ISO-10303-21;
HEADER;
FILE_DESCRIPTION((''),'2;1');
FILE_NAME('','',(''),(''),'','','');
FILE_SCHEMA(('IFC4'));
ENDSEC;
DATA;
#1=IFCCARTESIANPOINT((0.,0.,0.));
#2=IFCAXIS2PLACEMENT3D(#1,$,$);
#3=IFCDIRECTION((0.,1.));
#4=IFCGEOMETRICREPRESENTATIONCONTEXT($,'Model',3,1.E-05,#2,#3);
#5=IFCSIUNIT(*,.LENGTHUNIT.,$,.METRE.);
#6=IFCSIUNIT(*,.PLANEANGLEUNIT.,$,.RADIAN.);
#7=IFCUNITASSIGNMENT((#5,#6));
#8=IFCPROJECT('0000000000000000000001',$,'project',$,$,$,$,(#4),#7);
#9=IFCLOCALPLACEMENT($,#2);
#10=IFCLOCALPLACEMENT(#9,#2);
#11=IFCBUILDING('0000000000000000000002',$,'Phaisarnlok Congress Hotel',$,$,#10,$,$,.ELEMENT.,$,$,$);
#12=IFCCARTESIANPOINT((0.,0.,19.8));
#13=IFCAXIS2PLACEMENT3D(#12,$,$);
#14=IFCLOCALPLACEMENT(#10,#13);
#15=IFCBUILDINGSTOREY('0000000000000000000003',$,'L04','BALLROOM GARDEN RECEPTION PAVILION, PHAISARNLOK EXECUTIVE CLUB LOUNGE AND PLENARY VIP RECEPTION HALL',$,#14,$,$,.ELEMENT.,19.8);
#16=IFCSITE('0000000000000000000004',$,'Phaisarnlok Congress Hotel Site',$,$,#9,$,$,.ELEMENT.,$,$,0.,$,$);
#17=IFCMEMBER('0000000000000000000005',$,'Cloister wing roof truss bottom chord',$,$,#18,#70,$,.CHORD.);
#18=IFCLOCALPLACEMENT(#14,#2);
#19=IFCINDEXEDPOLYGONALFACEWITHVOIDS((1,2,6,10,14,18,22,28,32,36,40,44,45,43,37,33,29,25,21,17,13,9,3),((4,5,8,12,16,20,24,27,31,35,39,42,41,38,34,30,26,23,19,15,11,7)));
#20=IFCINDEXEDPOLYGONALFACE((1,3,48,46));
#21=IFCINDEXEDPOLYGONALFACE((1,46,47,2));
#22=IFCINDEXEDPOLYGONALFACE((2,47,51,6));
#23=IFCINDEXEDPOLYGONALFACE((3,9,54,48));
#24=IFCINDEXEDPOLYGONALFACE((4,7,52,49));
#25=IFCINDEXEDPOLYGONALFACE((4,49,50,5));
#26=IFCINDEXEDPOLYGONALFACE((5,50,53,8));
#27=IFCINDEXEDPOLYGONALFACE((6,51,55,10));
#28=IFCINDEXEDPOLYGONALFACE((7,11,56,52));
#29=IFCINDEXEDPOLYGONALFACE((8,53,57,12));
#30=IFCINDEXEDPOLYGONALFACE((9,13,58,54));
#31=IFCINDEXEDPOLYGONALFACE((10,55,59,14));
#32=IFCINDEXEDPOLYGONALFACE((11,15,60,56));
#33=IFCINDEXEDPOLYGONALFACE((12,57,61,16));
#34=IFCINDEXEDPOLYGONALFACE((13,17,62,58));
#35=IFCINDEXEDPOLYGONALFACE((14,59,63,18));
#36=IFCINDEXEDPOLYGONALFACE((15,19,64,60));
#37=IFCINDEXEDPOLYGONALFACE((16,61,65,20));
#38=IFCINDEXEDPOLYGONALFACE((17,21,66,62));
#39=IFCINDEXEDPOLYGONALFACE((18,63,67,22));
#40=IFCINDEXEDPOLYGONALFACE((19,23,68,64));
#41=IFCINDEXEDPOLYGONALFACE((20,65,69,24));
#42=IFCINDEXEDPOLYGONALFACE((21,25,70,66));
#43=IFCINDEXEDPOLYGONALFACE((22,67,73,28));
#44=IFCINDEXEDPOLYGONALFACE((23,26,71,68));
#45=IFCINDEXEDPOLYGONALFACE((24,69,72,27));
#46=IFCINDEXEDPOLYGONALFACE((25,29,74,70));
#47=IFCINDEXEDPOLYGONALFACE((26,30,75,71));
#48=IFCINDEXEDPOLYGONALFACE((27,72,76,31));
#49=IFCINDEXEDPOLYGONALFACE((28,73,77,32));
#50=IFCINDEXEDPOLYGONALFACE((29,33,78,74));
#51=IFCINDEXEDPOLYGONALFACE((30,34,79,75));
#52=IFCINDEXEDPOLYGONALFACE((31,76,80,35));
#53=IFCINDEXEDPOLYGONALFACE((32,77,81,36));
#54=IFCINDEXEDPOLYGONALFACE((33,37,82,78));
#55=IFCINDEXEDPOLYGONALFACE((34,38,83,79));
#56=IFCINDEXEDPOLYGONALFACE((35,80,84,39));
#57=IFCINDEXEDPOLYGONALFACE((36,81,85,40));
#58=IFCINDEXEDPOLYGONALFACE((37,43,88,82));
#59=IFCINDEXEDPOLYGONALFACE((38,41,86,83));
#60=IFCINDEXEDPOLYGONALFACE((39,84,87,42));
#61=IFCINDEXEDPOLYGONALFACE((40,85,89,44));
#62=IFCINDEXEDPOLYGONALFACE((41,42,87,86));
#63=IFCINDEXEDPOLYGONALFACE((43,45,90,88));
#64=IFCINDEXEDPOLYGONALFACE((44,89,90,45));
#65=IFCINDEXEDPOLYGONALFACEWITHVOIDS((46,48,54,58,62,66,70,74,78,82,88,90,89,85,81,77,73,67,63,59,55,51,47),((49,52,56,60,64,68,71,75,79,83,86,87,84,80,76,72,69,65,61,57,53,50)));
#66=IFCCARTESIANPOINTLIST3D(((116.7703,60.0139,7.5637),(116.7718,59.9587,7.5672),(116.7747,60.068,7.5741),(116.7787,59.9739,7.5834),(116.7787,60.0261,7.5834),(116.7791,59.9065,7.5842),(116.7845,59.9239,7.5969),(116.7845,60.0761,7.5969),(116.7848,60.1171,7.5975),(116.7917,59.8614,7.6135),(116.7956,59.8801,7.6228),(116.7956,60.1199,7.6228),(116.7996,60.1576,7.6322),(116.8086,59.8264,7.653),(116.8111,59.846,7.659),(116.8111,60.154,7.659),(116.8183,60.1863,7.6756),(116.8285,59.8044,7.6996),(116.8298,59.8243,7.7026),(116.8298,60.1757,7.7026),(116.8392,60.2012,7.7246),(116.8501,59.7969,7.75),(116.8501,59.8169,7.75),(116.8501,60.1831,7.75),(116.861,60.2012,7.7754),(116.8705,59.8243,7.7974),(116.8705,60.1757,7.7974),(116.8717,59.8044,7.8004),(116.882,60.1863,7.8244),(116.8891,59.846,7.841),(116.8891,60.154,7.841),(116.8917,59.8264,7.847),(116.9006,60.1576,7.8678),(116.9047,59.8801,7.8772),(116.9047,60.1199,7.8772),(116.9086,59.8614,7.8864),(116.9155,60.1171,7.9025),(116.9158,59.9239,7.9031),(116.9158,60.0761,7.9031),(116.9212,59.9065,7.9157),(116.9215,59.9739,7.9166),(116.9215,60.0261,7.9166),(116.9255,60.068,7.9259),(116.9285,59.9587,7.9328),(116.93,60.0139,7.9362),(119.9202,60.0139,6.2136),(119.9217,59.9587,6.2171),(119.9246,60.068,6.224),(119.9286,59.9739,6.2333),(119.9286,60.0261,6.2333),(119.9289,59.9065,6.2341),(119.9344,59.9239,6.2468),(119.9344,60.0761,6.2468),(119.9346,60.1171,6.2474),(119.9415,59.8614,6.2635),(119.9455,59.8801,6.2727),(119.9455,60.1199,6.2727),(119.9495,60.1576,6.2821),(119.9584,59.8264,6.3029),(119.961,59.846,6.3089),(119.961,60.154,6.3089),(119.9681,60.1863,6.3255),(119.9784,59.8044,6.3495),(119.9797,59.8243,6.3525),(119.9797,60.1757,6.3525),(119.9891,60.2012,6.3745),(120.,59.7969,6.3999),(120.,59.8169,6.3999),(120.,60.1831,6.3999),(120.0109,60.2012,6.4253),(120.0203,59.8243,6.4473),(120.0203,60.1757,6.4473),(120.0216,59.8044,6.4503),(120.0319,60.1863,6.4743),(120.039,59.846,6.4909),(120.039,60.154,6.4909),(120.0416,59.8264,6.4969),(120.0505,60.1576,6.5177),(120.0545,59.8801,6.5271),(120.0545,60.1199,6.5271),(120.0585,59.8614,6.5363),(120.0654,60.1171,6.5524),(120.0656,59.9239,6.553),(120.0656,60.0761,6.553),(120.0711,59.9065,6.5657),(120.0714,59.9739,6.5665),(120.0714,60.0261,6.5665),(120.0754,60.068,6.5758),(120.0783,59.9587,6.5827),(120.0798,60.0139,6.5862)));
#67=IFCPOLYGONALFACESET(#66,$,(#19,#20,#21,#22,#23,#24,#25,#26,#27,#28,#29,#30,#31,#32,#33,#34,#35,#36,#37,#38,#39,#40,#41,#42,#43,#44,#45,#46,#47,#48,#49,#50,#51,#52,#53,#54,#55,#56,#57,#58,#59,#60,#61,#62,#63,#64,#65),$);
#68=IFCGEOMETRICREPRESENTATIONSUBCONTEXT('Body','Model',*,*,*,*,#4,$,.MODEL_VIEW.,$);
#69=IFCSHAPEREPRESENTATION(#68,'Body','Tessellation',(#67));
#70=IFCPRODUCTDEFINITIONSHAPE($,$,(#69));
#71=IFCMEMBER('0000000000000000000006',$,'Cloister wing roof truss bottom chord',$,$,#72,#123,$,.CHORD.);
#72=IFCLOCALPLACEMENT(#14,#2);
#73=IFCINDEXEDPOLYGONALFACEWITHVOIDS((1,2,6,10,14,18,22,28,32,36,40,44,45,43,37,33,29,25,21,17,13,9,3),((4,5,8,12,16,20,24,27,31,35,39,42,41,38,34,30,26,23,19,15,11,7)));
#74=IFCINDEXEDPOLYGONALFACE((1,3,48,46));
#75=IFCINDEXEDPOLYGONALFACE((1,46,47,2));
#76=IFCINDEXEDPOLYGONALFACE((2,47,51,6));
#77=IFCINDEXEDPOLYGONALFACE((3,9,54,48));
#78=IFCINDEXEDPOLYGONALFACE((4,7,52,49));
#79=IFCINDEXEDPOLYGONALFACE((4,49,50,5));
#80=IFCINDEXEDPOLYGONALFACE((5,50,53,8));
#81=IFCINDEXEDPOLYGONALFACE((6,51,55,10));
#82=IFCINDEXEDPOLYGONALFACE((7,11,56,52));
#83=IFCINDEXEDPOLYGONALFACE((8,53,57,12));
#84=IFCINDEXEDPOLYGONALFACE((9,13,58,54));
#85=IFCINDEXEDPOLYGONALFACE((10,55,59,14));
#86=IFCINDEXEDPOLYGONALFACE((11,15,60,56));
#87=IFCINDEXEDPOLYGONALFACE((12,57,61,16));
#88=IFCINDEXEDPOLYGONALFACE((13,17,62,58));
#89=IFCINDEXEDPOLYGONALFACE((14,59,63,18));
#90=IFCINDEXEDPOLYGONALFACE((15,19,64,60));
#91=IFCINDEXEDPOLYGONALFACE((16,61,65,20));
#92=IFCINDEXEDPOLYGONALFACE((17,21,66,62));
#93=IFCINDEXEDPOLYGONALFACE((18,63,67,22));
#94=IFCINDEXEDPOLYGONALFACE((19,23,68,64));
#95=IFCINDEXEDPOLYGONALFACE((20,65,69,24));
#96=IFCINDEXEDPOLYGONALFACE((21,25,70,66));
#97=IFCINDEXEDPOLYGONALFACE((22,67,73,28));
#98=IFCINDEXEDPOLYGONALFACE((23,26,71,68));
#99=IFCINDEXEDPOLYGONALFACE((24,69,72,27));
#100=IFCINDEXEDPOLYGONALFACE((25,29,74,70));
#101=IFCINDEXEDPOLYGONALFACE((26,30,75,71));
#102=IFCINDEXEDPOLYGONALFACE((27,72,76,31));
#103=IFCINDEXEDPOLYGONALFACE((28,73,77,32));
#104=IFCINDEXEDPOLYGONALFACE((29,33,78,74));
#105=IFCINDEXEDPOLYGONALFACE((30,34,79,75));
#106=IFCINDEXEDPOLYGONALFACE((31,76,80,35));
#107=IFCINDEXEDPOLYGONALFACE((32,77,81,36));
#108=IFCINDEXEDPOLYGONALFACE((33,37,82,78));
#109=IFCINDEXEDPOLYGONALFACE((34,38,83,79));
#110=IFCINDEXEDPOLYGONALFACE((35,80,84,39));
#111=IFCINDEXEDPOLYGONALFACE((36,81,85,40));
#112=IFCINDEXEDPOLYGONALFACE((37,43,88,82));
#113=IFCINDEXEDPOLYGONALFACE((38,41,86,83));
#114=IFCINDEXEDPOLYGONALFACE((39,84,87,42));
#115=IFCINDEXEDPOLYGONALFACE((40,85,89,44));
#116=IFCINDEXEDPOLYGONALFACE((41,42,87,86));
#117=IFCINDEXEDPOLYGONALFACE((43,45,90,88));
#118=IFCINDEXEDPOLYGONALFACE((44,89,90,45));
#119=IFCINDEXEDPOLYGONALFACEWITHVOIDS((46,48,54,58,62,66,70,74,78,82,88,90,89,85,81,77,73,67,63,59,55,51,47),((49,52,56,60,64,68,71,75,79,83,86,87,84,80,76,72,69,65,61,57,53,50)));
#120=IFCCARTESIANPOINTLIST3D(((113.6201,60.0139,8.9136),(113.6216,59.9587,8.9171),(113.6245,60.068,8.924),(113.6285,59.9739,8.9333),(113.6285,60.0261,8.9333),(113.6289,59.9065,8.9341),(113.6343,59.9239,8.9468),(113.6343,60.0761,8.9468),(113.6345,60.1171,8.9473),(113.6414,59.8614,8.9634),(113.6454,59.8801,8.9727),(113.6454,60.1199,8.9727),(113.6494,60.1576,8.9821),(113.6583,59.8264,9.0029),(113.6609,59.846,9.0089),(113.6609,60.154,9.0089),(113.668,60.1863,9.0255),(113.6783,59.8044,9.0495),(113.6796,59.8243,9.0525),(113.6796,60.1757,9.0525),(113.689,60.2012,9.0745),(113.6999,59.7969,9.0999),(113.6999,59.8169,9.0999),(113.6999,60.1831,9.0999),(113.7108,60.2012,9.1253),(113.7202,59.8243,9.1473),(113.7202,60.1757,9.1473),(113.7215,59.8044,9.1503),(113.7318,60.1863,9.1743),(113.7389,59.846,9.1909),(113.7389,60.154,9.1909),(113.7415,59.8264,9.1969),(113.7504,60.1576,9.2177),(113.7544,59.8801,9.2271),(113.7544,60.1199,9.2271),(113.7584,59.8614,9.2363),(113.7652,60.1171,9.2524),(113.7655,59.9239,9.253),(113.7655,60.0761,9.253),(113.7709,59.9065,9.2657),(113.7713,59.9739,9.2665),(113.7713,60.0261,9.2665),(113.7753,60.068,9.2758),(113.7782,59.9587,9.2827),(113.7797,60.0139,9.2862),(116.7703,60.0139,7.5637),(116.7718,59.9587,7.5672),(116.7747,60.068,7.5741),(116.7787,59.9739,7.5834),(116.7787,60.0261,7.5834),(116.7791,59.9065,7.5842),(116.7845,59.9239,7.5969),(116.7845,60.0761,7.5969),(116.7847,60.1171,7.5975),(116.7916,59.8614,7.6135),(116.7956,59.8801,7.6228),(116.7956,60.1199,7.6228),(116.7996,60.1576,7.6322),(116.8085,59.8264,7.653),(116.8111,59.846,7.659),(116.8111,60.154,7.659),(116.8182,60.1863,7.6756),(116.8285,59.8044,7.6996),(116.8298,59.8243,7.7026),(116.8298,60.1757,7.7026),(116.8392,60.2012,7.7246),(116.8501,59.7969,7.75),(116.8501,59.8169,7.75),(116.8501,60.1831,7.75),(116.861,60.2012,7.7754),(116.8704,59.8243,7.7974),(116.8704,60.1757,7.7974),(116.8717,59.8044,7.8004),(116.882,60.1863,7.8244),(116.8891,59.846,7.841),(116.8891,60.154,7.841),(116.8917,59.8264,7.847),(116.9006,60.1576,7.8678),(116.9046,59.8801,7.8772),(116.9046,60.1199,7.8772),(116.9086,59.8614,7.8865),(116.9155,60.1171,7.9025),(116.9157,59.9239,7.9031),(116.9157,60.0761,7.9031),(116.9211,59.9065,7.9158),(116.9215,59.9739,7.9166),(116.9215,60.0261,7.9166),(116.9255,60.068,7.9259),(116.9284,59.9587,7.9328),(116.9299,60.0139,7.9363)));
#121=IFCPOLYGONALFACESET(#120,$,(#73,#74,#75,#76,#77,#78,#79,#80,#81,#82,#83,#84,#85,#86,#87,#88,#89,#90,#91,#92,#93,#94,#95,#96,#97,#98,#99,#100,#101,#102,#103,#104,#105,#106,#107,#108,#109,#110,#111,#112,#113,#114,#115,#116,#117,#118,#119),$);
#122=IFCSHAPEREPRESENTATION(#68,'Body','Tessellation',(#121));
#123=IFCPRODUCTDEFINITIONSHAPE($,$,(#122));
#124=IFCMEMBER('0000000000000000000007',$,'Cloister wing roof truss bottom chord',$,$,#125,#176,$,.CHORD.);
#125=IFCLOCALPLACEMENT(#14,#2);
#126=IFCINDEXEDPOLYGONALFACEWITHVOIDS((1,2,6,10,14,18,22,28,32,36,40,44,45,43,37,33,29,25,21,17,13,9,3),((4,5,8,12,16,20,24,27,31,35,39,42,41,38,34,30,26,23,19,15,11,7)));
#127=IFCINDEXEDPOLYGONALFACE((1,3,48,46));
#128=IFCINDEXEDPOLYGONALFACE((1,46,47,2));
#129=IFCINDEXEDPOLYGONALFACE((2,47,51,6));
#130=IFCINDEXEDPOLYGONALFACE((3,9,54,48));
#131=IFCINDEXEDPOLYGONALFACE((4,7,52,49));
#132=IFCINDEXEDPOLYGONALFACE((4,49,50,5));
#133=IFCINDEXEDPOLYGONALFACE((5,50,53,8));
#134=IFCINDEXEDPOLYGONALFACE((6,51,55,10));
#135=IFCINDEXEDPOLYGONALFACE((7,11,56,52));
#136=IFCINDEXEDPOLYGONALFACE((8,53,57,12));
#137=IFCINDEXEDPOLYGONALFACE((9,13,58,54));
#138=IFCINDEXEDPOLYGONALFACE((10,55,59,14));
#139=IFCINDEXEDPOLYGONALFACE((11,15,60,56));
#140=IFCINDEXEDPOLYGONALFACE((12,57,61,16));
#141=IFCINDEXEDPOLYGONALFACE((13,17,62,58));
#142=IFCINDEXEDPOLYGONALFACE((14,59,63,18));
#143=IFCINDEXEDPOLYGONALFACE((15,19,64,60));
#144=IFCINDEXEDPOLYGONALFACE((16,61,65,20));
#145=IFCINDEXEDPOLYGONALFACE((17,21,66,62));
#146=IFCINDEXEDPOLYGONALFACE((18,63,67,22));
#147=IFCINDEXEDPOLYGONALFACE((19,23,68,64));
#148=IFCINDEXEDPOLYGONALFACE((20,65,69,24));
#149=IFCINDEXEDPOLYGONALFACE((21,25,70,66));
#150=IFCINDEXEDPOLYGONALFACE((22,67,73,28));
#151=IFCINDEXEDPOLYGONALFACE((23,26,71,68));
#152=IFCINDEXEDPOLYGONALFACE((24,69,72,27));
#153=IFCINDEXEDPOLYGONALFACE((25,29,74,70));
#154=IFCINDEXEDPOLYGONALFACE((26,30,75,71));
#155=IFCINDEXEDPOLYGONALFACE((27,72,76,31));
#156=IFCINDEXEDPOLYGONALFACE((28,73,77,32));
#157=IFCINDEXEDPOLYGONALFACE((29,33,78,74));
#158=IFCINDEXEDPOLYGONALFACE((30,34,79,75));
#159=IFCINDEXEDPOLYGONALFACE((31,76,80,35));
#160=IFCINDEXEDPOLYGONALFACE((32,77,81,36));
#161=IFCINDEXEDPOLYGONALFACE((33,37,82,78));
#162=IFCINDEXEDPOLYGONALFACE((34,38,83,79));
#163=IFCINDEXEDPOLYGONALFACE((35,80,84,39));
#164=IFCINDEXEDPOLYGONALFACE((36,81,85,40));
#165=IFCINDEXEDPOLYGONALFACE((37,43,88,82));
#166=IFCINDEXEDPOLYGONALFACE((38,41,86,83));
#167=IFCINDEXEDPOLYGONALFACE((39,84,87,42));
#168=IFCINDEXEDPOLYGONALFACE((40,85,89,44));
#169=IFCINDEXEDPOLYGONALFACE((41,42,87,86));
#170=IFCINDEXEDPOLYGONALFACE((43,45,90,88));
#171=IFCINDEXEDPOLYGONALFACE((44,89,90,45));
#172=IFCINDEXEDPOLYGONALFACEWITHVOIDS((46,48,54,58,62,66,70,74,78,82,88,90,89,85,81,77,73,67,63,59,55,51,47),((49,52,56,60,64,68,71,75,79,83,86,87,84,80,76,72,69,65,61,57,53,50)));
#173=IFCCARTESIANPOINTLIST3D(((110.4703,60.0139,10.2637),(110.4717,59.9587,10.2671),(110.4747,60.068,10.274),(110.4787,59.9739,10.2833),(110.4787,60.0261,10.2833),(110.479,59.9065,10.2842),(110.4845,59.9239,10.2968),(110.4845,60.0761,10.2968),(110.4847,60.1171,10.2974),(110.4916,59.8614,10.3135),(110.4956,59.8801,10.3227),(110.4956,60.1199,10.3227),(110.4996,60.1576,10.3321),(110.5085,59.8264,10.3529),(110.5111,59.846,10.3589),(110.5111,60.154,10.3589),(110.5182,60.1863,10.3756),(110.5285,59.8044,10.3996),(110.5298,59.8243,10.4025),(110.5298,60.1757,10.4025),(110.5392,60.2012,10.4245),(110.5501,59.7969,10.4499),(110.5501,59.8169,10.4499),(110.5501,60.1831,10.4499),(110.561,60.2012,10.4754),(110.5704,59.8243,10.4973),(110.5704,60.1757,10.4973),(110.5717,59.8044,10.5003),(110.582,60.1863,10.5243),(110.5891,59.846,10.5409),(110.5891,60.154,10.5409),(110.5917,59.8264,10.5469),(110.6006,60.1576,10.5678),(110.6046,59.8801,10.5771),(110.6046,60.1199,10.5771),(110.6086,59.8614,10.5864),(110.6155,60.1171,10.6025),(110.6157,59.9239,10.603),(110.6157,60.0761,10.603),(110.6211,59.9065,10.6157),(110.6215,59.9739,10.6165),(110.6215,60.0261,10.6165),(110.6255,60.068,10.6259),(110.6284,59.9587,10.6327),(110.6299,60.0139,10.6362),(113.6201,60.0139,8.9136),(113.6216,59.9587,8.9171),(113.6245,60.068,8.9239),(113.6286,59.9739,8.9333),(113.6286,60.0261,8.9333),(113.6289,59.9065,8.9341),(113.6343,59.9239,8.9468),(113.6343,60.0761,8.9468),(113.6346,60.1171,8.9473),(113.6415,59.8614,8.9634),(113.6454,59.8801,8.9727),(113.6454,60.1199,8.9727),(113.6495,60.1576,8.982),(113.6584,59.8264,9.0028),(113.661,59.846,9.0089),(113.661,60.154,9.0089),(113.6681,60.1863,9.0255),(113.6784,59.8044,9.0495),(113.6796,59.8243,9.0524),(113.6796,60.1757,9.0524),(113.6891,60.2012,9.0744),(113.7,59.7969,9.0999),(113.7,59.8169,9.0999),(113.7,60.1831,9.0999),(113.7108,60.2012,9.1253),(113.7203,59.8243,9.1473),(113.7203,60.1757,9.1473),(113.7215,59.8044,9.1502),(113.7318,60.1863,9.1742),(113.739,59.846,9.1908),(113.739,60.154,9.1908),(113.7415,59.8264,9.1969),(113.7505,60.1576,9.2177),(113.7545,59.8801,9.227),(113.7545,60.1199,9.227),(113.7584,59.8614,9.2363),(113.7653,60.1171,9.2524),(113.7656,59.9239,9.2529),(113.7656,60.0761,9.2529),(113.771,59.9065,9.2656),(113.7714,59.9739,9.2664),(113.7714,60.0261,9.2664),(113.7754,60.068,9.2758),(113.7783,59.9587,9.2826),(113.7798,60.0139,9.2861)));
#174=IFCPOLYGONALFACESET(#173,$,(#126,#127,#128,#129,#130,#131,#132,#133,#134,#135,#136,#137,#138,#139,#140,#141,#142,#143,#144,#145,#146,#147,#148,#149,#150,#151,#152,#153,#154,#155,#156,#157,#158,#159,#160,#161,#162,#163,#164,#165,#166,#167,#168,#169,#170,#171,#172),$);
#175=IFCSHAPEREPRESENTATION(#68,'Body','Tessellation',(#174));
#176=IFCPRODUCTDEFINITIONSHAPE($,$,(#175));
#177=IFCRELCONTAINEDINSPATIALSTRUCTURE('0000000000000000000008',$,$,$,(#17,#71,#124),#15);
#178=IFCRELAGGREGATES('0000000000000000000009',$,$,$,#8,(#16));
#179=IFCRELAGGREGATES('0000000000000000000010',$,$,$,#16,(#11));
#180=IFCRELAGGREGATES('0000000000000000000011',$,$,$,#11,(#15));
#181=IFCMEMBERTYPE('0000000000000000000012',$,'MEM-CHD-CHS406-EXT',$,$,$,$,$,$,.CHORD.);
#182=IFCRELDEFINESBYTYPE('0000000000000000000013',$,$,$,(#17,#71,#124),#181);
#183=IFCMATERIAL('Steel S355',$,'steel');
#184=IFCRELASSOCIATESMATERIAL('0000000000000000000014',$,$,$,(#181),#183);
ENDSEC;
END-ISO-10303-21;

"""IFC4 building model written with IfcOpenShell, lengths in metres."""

from ifc_helpers import new_model, si_unit, direction, frame, origin, origin_2d, place, context, subcontext, project, spatial, hollow_circle, extrude, material, material_profile, profile_set, type_object, element, save


model = new_model("IFC4")

# Units and contexts
model_context = context("Model", 3, precision=1e-05, world=origin(), true_north=direction((0.0, 1.0)))
body_context = subcontext(model_context, "Body", "Model", "MODEL_VIEW")
ifc_project = project(units=[si_unit("LENGTHUNIT", "METRE"), si_unit("PLANEANGLEUNIT", "RADIAN")], contexts=[model_context])

# Site, building, storey
site_placement = place(None, origin())
site = spatial("IfcSite", under=ifc_project, at=site_placement, Name="Phaisarnlok Congress Hotel Site", CompositionType="ELEMENT", RefElevation=0.0)
building_placement = place(site_placement, origin())
building = spatial("IfcBuilding", under=site, at=building_placement, Name="Phaisarnlok Congress Hotel", CompositionType="ELEMENT")
storey_placement = place(building_placement, frame((0.0, 0.0, 19.8)))
storey = spatial("IfcBuildingStorey", under=building, at=storey_placement, Name="L04", Description="BALLROOM GARDEN RECEPTION PAVILION, PHAISARNLOK EXECUTIVE CLUB LOUNGE AND PLENARY VIP RECEPTION HALL", CompositionType="ELEMENT", Elevation=19.8)

# Shared definitions
ifc_material_1 = material(Name="Steel S355", Category="steel")

# Members
ifc_material_profile_1 = material_profile(ifc_material_1, hollow_circle(Radius=0.2031, WallThickness=0.02, at=origin_2d()), Name="CHS 406.4x20")
ifc_profile_set_1 = profile_set([ifc_material_profile_1], Name="Steel S355")
member_type_1 = type_object("IfcMemberType", Name="MEM-CHD-CHS406-EXT", PredefinedType="CHORD", material=ifc_profile_set_1)
member_1_placement = place(storey_placement, frame((120.0, 60.0, 6.3999), z_axis=(-0.91913, 0.0, 0.393954), x_axis=(0.0, -1.0, 0.0)))
element("IfcMember", 1, at=member_1_placement, inside=storey, type_object=member_type_1, Name="Cloister wing roof truss bottom chord", PredefinedType="CHORD", context=body_context, shape_type="SweptSolid", body=[
    extrude(hollow_circle(Radius=0.2031, WallThickness=0.02, at=origin_2d()), origin(), (0.0, 0.0, 1.0), 3.427),
])
member_2_placement = place(storey_placement, frame((116.8501, 60.0, 7.75), z_axis=(-0.919167, 0.0, 0.393868), x_axis=(0.0, -1.0, 0.0)))
element("IfcMember", 2, at=member_2_placement, inside=storey, type_object=member_type_1, Name="Cloister wing roof truss bottom chord", PredefinedType="CHORD", context=body_context, shape_type="SweptSolid", body=[
    extrude(hollow_circle(Radius=0.2031, WallThickness=0.02, at=origin_2d()), origin(), (0.0, 0.0, 1.0), 3.4272),
])
member_3_placement = place(storey_placement, frame((113.7, 60.0, 9.0999), z_axis=(-0.91913, 0.0, 0.393954), x_axis=(0.0, -1.0, 0.0)))
element("IfcMember", 3, at=member_3_placement, inside=storey, type_object=member_type_1, Name="Cloister wing roof truss bottom chord", PredefinedType="CHORD", context=body_context, shape_type="SweptSolid", body=[
    extrude(hollow_circle(Radius=0.2031, WallThickness=0.02, at=origin_2d()), origin(), (0.0, 0.0, 1.0), 3.427),
])

save(model, "model.ifc")
